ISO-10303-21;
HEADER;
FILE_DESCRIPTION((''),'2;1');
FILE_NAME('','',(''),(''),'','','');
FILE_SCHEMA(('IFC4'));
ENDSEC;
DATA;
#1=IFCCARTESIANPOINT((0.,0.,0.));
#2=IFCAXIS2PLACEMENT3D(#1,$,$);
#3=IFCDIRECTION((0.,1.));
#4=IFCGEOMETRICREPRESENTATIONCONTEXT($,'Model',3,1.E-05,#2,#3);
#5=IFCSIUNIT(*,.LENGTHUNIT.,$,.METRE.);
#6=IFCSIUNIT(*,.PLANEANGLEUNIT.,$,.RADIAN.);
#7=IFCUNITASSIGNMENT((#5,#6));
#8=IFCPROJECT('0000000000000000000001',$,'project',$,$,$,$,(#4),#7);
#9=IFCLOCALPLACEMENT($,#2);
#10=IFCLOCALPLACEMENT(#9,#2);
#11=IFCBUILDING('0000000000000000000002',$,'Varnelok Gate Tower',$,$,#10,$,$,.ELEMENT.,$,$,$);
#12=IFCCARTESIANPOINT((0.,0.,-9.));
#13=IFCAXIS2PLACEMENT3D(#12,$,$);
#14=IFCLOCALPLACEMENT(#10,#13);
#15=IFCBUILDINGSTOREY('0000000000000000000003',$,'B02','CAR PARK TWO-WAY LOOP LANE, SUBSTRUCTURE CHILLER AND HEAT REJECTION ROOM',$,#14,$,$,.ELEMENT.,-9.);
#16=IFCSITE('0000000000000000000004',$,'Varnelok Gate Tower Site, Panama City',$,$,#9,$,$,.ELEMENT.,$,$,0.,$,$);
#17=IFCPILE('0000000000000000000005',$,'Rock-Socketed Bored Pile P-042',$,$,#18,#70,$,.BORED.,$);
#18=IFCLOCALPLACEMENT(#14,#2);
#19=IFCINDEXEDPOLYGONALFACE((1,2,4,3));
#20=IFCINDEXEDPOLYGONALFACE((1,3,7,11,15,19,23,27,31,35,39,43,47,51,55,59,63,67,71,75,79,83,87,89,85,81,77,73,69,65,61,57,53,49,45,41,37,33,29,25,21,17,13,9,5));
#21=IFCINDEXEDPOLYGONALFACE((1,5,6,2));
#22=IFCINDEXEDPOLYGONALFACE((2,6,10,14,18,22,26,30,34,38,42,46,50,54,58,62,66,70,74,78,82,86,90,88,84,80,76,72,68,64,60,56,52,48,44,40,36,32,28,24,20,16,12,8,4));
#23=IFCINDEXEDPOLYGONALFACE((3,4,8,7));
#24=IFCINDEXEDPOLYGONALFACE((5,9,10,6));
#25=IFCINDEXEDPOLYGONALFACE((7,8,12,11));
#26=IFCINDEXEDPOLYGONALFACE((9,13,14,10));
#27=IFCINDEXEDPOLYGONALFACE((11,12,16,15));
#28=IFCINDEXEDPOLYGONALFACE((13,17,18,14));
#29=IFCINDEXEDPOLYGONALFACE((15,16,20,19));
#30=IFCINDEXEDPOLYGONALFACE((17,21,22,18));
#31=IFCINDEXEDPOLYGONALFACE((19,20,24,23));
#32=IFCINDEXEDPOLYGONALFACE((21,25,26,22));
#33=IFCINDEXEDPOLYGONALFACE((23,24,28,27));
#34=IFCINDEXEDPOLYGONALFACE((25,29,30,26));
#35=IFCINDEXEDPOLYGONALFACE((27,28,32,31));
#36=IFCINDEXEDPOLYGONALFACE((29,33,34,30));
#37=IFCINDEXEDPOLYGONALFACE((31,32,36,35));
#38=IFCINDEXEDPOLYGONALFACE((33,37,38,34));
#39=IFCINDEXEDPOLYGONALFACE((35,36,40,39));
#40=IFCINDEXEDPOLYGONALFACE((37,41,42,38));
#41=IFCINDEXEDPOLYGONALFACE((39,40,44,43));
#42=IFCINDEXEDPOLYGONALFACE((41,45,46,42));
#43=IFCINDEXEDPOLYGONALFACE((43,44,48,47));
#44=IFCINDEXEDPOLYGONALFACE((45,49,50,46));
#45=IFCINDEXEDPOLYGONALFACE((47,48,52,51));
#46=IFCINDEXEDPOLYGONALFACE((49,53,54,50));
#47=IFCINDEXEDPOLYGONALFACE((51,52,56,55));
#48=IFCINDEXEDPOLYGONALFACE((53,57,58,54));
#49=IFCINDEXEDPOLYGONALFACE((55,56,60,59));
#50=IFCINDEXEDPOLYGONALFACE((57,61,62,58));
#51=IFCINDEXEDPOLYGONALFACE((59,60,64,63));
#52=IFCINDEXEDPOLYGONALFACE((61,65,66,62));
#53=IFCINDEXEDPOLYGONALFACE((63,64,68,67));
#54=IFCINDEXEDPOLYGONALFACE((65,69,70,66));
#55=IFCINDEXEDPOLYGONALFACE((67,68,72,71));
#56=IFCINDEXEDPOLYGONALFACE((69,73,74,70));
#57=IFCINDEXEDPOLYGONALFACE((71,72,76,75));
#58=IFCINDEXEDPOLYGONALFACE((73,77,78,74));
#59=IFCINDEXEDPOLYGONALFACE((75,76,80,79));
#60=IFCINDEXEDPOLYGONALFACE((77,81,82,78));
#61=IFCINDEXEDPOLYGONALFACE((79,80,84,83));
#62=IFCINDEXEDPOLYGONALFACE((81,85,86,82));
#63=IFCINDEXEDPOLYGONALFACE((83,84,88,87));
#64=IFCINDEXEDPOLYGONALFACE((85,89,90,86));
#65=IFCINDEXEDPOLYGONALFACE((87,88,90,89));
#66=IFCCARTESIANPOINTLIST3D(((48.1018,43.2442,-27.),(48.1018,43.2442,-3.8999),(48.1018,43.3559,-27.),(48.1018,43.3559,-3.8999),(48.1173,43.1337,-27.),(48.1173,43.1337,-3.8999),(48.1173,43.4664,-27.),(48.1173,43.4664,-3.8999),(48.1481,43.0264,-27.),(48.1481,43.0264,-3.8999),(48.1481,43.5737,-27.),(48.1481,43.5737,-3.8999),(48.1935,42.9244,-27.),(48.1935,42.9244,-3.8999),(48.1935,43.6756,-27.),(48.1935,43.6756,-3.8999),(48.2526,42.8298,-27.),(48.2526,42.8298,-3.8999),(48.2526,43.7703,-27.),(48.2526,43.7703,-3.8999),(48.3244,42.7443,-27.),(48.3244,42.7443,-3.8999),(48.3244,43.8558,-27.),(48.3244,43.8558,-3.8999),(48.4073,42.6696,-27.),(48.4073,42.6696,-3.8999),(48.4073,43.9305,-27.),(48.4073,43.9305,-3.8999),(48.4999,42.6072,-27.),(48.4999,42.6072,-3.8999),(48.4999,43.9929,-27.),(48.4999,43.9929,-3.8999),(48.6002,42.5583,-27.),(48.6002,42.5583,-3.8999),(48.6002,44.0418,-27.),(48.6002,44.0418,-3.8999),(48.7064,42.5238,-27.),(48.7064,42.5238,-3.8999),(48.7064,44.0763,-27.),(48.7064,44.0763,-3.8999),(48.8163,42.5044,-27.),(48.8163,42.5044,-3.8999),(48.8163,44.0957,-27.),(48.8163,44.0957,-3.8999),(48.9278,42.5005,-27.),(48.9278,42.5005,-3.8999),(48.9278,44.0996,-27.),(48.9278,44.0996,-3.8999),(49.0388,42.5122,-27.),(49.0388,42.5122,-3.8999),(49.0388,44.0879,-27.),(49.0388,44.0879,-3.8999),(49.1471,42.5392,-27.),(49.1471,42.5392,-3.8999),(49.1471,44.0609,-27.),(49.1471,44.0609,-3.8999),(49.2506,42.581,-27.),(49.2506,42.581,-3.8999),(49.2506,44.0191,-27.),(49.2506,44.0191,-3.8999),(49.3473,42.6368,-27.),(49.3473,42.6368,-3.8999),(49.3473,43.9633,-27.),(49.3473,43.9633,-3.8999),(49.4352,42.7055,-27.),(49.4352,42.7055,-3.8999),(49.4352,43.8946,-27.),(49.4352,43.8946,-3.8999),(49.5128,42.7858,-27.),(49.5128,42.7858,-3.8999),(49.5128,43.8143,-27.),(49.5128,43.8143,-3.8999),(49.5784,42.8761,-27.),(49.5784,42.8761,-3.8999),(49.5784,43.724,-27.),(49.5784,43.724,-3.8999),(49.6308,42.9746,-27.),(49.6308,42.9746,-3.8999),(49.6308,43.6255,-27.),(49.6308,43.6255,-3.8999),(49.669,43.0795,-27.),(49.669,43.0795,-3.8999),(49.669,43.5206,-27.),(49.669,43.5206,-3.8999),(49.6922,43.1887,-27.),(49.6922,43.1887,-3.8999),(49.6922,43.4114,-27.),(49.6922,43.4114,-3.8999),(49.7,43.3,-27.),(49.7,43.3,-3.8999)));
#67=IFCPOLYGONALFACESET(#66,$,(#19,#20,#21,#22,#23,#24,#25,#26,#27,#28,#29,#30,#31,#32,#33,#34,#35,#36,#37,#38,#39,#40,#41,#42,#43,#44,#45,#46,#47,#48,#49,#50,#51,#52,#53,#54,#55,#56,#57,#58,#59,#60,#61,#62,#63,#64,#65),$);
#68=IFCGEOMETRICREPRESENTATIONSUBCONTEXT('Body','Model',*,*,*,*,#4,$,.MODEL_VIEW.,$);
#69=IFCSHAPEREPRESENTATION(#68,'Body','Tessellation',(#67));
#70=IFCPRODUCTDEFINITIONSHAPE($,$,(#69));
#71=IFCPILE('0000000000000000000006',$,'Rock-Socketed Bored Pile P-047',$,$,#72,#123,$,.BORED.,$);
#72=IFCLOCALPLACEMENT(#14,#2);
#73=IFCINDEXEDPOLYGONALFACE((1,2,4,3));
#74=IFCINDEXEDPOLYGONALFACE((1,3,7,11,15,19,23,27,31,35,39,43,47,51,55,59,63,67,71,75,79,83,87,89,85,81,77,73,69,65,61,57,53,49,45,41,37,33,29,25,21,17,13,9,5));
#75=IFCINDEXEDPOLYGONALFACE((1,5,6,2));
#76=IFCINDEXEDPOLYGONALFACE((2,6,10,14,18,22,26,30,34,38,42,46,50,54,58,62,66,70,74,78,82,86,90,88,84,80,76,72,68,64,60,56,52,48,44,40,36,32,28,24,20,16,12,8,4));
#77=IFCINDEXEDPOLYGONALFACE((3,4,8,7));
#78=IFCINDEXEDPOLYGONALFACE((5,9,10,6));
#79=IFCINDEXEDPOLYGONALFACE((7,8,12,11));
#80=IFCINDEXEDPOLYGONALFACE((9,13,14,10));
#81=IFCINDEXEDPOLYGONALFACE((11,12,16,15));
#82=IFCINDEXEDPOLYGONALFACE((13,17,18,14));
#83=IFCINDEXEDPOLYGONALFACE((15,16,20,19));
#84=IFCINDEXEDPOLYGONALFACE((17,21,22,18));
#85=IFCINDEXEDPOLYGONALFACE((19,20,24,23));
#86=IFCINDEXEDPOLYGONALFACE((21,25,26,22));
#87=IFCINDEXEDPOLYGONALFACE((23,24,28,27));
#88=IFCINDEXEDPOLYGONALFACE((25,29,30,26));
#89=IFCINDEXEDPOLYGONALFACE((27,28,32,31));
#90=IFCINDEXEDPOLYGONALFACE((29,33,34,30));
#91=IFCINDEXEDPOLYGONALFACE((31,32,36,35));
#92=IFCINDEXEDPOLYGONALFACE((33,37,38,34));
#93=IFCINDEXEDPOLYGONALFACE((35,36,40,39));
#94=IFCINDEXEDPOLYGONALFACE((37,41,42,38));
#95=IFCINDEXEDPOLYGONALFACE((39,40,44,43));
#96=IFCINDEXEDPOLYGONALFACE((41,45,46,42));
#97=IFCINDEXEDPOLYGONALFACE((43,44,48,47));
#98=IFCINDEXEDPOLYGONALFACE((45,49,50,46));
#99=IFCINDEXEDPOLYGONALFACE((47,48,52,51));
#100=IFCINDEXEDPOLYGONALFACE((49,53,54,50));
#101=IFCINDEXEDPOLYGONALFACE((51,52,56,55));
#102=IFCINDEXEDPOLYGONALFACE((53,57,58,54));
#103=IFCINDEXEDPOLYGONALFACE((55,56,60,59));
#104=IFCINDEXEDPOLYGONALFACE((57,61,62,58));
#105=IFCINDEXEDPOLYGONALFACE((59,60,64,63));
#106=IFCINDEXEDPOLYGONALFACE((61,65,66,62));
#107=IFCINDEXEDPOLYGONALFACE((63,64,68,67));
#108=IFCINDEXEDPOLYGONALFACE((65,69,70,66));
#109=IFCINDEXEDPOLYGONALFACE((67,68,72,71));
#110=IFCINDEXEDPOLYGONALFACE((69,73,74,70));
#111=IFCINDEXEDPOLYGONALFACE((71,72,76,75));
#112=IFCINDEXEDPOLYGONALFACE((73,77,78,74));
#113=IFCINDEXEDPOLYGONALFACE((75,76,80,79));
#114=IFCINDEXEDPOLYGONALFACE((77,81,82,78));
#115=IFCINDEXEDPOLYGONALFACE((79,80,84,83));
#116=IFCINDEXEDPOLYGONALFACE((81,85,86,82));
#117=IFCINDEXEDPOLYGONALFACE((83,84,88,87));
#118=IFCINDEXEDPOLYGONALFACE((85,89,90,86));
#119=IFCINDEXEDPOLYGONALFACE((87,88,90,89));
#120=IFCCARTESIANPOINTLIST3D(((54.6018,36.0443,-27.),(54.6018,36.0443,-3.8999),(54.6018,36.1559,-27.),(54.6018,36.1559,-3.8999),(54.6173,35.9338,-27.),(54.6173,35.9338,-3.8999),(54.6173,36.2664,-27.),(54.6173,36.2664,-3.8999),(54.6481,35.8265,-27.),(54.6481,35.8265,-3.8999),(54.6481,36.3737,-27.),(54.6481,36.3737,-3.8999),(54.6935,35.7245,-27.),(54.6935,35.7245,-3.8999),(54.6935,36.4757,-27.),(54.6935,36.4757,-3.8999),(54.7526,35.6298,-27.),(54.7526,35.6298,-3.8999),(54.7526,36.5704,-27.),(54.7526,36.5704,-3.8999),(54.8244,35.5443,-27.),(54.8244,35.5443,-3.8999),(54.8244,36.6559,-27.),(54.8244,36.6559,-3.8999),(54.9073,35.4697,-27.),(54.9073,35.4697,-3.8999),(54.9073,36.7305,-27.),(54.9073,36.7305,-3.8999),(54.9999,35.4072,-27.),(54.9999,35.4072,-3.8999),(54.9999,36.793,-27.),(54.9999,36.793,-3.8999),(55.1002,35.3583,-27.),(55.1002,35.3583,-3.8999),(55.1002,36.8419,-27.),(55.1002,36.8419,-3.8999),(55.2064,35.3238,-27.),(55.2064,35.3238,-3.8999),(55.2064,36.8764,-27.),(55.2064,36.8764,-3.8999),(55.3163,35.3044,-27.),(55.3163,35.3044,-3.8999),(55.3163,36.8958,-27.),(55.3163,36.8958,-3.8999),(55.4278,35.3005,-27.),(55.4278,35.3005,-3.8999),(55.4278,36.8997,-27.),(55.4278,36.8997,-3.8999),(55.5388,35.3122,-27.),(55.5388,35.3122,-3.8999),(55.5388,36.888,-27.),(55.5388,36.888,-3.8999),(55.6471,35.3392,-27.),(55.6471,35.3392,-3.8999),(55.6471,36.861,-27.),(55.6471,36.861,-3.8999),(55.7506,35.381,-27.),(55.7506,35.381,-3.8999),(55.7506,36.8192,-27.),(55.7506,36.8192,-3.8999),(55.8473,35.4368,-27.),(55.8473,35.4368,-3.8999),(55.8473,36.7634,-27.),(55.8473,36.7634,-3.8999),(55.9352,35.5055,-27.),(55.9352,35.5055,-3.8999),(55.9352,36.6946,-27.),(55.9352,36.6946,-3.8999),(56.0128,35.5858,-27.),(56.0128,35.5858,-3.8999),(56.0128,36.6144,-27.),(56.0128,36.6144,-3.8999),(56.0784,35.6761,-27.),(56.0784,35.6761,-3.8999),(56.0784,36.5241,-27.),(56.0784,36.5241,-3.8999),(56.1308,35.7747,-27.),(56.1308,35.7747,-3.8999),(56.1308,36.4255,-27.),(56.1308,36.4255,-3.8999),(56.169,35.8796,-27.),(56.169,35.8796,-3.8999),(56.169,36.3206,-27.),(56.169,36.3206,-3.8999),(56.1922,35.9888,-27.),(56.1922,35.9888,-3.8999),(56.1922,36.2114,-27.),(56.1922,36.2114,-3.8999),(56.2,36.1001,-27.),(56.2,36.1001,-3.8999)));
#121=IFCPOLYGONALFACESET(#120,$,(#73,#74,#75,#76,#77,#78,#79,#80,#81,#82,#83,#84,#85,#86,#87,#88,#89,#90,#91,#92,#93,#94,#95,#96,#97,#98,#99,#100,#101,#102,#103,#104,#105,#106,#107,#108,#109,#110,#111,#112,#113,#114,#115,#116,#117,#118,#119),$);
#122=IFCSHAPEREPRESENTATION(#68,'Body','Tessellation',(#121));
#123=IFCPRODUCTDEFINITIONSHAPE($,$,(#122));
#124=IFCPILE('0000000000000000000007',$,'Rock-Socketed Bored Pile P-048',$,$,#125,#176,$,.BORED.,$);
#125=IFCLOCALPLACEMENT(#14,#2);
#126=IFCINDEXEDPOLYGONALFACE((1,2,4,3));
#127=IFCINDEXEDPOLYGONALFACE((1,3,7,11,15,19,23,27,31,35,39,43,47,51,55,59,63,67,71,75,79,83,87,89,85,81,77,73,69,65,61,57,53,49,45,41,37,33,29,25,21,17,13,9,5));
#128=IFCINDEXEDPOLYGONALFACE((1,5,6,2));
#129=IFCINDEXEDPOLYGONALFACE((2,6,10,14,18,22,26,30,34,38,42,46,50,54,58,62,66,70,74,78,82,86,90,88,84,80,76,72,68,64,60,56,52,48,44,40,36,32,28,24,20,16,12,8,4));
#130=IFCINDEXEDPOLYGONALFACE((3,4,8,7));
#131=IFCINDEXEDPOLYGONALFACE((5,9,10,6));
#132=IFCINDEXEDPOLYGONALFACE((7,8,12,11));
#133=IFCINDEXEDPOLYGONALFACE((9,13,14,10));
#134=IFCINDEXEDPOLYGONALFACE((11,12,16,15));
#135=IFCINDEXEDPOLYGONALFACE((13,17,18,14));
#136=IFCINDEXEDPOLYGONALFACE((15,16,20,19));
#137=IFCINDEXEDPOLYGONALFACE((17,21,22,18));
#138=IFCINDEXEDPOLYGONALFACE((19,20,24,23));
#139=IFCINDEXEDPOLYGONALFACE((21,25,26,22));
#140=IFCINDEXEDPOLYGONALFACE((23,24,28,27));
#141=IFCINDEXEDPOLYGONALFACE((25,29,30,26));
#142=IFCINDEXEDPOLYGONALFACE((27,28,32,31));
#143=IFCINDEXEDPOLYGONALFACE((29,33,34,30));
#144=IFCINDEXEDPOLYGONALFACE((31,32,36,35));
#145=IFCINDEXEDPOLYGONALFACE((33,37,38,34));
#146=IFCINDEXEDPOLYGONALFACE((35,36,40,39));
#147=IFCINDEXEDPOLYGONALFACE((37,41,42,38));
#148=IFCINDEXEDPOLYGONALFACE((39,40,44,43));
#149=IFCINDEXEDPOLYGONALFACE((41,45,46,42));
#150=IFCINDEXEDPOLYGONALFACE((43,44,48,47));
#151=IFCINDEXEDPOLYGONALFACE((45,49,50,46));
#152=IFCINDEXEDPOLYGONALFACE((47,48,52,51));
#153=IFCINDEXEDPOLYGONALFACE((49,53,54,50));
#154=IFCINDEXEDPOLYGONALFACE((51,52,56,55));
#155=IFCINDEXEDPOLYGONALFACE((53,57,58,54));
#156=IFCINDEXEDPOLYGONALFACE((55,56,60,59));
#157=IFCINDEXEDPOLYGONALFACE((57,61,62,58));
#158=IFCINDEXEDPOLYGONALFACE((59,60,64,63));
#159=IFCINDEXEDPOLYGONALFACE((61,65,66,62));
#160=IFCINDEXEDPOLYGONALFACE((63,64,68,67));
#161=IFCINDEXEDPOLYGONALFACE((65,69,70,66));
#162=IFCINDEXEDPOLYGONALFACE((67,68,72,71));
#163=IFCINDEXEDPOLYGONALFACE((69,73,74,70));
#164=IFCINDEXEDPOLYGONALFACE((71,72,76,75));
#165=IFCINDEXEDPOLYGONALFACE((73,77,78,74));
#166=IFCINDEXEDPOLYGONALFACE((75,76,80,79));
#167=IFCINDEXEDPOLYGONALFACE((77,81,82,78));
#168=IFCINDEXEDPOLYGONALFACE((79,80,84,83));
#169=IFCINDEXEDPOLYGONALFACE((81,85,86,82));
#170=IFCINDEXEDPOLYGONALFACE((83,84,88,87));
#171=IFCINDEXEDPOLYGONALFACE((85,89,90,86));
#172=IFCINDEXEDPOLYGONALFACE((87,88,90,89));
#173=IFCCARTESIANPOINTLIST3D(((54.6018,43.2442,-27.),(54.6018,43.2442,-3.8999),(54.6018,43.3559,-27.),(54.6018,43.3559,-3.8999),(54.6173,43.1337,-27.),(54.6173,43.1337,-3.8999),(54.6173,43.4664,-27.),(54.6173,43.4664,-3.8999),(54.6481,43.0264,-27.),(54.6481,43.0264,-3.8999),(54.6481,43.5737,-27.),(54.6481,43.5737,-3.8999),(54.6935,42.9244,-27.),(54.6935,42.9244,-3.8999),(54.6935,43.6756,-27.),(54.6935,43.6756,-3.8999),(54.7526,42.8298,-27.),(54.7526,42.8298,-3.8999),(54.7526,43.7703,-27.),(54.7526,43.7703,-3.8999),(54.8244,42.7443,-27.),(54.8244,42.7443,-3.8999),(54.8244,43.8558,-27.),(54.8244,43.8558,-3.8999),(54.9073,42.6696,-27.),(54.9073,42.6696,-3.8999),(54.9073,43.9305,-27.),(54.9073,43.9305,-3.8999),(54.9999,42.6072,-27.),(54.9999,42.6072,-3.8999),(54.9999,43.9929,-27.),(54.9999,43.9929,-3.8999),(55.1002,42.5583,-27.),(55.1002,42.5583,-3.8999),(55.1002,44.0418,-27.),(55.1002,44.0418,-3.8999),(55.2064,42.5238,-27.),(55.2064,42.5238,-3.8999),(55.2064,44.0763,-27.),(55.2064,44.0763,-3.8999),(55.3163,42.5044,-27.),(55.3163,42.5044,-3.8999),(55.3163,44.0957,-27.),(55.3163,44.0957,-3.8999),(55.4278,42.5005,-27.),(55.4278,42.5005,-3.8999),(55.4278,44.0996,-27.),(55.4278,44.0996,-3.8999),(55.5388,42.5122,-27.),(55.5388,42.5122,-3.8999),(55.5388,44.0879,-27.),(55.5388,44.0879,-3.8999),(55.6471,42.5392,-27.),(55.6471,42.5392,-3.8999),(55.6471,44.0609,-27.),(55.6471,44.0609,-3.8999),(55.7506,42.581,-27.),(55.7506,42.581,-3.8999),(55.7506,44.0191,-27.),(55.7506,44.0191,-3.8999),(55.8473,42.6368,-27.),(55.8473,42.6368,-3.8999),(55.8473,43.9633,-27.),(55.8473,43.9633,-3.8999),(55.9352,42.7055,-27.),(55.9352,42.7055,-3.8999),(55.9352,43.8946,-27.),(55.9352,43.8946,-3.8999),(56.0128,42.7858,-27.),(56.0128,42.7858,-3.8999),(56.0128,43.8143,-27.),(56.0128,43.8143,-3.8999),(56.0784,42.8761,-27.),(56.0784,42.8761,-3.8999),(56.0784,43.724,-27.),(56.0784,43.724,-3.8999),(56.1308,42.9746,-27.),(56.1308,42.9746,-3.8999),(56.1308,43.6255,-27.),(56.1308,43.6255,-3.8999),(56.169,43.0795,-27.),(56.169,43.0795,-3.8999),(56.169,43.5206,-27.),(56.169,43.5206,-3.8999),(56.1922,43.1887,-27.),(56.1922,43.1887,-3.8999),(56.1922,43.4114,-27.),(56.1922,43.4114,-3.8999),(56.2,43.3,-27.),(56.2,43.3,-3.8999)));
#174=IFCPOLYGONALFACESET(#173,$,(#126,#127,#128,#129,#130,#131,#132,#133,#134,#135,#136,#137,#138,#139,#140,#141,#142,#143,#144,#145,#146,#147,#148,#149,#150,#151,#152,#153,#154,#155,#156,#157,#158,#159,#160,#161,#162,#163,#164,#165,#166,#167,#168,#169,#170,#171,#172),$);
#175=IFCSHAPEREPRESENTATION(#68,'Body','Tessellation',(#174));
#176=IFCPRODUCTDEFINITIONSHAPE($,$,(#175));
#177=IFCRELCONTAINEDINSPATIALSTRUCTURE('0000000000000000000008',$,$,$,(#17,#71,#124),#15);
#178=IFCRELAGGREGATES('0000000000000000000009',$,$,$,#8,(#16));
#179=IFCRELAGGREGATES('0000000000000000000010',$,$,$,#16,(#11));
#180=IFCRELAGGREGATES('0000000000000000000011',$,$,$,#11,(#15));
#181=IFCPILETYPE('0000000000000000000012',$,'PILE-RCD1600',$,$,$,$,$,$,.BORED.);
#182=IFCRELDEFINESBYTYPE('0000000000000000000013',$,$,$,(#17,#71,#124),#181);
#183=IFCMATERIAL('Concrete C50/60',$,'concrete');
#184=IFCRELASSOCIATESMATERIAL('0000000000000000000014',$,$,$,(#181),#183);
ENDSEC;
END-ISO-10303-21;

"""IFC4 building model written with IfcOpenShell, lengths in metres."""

from ifc_helpers import new_model, si_unit, direction, frame, origin, origin_2d, place, context, subcontext, project, spatial, circle, extrude, material, material_profile, profile_set, type_object, element, save


model = new_model("IFC4")

# Units and contexts
model_context = context("Model", 3, precision=1e-05, world=origin(), true_north=direction((0.0, 1.0)))
body_context = subcontext(model_context, "Body", "Model", "MODEL_VIEW")
ifc_project = project(units=[si_unit("LENGTHUNIT", "METRE"), si_unit("PLANEANGLEUNIT", "RADIAN")], contexts=[model_context])

# Site, building, storey
site_placement = place(None, origin())
site = spatial("IfcSite", under=ifc_project, at=site_placement, Name="Varnelok Gate Tower Site, Panama City", CompositionType="ELEMENT", RefElevation=0.0)
building_placement = place(site_placement, origin())
building = spatial("IfcBuilding", under=site, at=building_placement, Name="Varnelok Gate Tower", CompositionType="ELEMENT")
storey_placement = place(building_placement, frame((0.0, 0.0, -9.0)))
storey = spatial("IfcBuildingStorey", under=building, at=storey_placement, Name="B02", Description="CAR PARK TWO-WAY LOOP LANE, SUBSTRUCTURE CHILLER AND HEAT REJECTION ROOM", CompositionType="ELEMENT", Elevation=-9.0)

# Shared definitions
ifc_material_1 = material(Name="Concrete C50/60", Category="concrete")

# Piles
ifc_material_profile_1 = material_profile(ifc_material_1, circle(Radius=0.8, at=origin_2d()), Name="RCD1600")
ifc_profile_set_1 = profile_set([ifc_material_profile_1], Name="Concrete C50/60")
pile_type_1 = type_object("IfcPileType", Name="PILE-RCD1600", PredefinedType="BORED", material=ifc_profile_set_1)
for number, where, z_axis, x_axis, name in (
    (1, (48.8999, 43.3, -3.8999), (0.0, 0.0, -1.0), (1.0, 0.0, 0.0), "Rock-Socketed Bored Pile P-042"),
    (2, (55.3999, 36.1001, -3.8999), (0.0, 0.0, -1.0), (1.0, 0.0, 0.0), "Rock-Socketed Bored Pile P-047"),
    (3, (55.3999, 43.3, -3.8999), (0.0, 0.0, -1.0), (1.0, 0.0, 0.0), "Rock-Socketed Bored Pile P-048"),
):
    element("IfcPile", number, at=place(storey_placement, frame(where, z_axis=z_axis, x_axis=x_axis)), inside=storey, type_object=pile_type_1, Name=name, PredefinedType="BORED", context=body_context, shape_type="SweptSolid", body=[
        extrude(circle(Radius=0.8, at=origin_2d()), origin(), (0.0, 0.0, 1.0), 23.1001),
    ])

save(model, "model.ifc")
